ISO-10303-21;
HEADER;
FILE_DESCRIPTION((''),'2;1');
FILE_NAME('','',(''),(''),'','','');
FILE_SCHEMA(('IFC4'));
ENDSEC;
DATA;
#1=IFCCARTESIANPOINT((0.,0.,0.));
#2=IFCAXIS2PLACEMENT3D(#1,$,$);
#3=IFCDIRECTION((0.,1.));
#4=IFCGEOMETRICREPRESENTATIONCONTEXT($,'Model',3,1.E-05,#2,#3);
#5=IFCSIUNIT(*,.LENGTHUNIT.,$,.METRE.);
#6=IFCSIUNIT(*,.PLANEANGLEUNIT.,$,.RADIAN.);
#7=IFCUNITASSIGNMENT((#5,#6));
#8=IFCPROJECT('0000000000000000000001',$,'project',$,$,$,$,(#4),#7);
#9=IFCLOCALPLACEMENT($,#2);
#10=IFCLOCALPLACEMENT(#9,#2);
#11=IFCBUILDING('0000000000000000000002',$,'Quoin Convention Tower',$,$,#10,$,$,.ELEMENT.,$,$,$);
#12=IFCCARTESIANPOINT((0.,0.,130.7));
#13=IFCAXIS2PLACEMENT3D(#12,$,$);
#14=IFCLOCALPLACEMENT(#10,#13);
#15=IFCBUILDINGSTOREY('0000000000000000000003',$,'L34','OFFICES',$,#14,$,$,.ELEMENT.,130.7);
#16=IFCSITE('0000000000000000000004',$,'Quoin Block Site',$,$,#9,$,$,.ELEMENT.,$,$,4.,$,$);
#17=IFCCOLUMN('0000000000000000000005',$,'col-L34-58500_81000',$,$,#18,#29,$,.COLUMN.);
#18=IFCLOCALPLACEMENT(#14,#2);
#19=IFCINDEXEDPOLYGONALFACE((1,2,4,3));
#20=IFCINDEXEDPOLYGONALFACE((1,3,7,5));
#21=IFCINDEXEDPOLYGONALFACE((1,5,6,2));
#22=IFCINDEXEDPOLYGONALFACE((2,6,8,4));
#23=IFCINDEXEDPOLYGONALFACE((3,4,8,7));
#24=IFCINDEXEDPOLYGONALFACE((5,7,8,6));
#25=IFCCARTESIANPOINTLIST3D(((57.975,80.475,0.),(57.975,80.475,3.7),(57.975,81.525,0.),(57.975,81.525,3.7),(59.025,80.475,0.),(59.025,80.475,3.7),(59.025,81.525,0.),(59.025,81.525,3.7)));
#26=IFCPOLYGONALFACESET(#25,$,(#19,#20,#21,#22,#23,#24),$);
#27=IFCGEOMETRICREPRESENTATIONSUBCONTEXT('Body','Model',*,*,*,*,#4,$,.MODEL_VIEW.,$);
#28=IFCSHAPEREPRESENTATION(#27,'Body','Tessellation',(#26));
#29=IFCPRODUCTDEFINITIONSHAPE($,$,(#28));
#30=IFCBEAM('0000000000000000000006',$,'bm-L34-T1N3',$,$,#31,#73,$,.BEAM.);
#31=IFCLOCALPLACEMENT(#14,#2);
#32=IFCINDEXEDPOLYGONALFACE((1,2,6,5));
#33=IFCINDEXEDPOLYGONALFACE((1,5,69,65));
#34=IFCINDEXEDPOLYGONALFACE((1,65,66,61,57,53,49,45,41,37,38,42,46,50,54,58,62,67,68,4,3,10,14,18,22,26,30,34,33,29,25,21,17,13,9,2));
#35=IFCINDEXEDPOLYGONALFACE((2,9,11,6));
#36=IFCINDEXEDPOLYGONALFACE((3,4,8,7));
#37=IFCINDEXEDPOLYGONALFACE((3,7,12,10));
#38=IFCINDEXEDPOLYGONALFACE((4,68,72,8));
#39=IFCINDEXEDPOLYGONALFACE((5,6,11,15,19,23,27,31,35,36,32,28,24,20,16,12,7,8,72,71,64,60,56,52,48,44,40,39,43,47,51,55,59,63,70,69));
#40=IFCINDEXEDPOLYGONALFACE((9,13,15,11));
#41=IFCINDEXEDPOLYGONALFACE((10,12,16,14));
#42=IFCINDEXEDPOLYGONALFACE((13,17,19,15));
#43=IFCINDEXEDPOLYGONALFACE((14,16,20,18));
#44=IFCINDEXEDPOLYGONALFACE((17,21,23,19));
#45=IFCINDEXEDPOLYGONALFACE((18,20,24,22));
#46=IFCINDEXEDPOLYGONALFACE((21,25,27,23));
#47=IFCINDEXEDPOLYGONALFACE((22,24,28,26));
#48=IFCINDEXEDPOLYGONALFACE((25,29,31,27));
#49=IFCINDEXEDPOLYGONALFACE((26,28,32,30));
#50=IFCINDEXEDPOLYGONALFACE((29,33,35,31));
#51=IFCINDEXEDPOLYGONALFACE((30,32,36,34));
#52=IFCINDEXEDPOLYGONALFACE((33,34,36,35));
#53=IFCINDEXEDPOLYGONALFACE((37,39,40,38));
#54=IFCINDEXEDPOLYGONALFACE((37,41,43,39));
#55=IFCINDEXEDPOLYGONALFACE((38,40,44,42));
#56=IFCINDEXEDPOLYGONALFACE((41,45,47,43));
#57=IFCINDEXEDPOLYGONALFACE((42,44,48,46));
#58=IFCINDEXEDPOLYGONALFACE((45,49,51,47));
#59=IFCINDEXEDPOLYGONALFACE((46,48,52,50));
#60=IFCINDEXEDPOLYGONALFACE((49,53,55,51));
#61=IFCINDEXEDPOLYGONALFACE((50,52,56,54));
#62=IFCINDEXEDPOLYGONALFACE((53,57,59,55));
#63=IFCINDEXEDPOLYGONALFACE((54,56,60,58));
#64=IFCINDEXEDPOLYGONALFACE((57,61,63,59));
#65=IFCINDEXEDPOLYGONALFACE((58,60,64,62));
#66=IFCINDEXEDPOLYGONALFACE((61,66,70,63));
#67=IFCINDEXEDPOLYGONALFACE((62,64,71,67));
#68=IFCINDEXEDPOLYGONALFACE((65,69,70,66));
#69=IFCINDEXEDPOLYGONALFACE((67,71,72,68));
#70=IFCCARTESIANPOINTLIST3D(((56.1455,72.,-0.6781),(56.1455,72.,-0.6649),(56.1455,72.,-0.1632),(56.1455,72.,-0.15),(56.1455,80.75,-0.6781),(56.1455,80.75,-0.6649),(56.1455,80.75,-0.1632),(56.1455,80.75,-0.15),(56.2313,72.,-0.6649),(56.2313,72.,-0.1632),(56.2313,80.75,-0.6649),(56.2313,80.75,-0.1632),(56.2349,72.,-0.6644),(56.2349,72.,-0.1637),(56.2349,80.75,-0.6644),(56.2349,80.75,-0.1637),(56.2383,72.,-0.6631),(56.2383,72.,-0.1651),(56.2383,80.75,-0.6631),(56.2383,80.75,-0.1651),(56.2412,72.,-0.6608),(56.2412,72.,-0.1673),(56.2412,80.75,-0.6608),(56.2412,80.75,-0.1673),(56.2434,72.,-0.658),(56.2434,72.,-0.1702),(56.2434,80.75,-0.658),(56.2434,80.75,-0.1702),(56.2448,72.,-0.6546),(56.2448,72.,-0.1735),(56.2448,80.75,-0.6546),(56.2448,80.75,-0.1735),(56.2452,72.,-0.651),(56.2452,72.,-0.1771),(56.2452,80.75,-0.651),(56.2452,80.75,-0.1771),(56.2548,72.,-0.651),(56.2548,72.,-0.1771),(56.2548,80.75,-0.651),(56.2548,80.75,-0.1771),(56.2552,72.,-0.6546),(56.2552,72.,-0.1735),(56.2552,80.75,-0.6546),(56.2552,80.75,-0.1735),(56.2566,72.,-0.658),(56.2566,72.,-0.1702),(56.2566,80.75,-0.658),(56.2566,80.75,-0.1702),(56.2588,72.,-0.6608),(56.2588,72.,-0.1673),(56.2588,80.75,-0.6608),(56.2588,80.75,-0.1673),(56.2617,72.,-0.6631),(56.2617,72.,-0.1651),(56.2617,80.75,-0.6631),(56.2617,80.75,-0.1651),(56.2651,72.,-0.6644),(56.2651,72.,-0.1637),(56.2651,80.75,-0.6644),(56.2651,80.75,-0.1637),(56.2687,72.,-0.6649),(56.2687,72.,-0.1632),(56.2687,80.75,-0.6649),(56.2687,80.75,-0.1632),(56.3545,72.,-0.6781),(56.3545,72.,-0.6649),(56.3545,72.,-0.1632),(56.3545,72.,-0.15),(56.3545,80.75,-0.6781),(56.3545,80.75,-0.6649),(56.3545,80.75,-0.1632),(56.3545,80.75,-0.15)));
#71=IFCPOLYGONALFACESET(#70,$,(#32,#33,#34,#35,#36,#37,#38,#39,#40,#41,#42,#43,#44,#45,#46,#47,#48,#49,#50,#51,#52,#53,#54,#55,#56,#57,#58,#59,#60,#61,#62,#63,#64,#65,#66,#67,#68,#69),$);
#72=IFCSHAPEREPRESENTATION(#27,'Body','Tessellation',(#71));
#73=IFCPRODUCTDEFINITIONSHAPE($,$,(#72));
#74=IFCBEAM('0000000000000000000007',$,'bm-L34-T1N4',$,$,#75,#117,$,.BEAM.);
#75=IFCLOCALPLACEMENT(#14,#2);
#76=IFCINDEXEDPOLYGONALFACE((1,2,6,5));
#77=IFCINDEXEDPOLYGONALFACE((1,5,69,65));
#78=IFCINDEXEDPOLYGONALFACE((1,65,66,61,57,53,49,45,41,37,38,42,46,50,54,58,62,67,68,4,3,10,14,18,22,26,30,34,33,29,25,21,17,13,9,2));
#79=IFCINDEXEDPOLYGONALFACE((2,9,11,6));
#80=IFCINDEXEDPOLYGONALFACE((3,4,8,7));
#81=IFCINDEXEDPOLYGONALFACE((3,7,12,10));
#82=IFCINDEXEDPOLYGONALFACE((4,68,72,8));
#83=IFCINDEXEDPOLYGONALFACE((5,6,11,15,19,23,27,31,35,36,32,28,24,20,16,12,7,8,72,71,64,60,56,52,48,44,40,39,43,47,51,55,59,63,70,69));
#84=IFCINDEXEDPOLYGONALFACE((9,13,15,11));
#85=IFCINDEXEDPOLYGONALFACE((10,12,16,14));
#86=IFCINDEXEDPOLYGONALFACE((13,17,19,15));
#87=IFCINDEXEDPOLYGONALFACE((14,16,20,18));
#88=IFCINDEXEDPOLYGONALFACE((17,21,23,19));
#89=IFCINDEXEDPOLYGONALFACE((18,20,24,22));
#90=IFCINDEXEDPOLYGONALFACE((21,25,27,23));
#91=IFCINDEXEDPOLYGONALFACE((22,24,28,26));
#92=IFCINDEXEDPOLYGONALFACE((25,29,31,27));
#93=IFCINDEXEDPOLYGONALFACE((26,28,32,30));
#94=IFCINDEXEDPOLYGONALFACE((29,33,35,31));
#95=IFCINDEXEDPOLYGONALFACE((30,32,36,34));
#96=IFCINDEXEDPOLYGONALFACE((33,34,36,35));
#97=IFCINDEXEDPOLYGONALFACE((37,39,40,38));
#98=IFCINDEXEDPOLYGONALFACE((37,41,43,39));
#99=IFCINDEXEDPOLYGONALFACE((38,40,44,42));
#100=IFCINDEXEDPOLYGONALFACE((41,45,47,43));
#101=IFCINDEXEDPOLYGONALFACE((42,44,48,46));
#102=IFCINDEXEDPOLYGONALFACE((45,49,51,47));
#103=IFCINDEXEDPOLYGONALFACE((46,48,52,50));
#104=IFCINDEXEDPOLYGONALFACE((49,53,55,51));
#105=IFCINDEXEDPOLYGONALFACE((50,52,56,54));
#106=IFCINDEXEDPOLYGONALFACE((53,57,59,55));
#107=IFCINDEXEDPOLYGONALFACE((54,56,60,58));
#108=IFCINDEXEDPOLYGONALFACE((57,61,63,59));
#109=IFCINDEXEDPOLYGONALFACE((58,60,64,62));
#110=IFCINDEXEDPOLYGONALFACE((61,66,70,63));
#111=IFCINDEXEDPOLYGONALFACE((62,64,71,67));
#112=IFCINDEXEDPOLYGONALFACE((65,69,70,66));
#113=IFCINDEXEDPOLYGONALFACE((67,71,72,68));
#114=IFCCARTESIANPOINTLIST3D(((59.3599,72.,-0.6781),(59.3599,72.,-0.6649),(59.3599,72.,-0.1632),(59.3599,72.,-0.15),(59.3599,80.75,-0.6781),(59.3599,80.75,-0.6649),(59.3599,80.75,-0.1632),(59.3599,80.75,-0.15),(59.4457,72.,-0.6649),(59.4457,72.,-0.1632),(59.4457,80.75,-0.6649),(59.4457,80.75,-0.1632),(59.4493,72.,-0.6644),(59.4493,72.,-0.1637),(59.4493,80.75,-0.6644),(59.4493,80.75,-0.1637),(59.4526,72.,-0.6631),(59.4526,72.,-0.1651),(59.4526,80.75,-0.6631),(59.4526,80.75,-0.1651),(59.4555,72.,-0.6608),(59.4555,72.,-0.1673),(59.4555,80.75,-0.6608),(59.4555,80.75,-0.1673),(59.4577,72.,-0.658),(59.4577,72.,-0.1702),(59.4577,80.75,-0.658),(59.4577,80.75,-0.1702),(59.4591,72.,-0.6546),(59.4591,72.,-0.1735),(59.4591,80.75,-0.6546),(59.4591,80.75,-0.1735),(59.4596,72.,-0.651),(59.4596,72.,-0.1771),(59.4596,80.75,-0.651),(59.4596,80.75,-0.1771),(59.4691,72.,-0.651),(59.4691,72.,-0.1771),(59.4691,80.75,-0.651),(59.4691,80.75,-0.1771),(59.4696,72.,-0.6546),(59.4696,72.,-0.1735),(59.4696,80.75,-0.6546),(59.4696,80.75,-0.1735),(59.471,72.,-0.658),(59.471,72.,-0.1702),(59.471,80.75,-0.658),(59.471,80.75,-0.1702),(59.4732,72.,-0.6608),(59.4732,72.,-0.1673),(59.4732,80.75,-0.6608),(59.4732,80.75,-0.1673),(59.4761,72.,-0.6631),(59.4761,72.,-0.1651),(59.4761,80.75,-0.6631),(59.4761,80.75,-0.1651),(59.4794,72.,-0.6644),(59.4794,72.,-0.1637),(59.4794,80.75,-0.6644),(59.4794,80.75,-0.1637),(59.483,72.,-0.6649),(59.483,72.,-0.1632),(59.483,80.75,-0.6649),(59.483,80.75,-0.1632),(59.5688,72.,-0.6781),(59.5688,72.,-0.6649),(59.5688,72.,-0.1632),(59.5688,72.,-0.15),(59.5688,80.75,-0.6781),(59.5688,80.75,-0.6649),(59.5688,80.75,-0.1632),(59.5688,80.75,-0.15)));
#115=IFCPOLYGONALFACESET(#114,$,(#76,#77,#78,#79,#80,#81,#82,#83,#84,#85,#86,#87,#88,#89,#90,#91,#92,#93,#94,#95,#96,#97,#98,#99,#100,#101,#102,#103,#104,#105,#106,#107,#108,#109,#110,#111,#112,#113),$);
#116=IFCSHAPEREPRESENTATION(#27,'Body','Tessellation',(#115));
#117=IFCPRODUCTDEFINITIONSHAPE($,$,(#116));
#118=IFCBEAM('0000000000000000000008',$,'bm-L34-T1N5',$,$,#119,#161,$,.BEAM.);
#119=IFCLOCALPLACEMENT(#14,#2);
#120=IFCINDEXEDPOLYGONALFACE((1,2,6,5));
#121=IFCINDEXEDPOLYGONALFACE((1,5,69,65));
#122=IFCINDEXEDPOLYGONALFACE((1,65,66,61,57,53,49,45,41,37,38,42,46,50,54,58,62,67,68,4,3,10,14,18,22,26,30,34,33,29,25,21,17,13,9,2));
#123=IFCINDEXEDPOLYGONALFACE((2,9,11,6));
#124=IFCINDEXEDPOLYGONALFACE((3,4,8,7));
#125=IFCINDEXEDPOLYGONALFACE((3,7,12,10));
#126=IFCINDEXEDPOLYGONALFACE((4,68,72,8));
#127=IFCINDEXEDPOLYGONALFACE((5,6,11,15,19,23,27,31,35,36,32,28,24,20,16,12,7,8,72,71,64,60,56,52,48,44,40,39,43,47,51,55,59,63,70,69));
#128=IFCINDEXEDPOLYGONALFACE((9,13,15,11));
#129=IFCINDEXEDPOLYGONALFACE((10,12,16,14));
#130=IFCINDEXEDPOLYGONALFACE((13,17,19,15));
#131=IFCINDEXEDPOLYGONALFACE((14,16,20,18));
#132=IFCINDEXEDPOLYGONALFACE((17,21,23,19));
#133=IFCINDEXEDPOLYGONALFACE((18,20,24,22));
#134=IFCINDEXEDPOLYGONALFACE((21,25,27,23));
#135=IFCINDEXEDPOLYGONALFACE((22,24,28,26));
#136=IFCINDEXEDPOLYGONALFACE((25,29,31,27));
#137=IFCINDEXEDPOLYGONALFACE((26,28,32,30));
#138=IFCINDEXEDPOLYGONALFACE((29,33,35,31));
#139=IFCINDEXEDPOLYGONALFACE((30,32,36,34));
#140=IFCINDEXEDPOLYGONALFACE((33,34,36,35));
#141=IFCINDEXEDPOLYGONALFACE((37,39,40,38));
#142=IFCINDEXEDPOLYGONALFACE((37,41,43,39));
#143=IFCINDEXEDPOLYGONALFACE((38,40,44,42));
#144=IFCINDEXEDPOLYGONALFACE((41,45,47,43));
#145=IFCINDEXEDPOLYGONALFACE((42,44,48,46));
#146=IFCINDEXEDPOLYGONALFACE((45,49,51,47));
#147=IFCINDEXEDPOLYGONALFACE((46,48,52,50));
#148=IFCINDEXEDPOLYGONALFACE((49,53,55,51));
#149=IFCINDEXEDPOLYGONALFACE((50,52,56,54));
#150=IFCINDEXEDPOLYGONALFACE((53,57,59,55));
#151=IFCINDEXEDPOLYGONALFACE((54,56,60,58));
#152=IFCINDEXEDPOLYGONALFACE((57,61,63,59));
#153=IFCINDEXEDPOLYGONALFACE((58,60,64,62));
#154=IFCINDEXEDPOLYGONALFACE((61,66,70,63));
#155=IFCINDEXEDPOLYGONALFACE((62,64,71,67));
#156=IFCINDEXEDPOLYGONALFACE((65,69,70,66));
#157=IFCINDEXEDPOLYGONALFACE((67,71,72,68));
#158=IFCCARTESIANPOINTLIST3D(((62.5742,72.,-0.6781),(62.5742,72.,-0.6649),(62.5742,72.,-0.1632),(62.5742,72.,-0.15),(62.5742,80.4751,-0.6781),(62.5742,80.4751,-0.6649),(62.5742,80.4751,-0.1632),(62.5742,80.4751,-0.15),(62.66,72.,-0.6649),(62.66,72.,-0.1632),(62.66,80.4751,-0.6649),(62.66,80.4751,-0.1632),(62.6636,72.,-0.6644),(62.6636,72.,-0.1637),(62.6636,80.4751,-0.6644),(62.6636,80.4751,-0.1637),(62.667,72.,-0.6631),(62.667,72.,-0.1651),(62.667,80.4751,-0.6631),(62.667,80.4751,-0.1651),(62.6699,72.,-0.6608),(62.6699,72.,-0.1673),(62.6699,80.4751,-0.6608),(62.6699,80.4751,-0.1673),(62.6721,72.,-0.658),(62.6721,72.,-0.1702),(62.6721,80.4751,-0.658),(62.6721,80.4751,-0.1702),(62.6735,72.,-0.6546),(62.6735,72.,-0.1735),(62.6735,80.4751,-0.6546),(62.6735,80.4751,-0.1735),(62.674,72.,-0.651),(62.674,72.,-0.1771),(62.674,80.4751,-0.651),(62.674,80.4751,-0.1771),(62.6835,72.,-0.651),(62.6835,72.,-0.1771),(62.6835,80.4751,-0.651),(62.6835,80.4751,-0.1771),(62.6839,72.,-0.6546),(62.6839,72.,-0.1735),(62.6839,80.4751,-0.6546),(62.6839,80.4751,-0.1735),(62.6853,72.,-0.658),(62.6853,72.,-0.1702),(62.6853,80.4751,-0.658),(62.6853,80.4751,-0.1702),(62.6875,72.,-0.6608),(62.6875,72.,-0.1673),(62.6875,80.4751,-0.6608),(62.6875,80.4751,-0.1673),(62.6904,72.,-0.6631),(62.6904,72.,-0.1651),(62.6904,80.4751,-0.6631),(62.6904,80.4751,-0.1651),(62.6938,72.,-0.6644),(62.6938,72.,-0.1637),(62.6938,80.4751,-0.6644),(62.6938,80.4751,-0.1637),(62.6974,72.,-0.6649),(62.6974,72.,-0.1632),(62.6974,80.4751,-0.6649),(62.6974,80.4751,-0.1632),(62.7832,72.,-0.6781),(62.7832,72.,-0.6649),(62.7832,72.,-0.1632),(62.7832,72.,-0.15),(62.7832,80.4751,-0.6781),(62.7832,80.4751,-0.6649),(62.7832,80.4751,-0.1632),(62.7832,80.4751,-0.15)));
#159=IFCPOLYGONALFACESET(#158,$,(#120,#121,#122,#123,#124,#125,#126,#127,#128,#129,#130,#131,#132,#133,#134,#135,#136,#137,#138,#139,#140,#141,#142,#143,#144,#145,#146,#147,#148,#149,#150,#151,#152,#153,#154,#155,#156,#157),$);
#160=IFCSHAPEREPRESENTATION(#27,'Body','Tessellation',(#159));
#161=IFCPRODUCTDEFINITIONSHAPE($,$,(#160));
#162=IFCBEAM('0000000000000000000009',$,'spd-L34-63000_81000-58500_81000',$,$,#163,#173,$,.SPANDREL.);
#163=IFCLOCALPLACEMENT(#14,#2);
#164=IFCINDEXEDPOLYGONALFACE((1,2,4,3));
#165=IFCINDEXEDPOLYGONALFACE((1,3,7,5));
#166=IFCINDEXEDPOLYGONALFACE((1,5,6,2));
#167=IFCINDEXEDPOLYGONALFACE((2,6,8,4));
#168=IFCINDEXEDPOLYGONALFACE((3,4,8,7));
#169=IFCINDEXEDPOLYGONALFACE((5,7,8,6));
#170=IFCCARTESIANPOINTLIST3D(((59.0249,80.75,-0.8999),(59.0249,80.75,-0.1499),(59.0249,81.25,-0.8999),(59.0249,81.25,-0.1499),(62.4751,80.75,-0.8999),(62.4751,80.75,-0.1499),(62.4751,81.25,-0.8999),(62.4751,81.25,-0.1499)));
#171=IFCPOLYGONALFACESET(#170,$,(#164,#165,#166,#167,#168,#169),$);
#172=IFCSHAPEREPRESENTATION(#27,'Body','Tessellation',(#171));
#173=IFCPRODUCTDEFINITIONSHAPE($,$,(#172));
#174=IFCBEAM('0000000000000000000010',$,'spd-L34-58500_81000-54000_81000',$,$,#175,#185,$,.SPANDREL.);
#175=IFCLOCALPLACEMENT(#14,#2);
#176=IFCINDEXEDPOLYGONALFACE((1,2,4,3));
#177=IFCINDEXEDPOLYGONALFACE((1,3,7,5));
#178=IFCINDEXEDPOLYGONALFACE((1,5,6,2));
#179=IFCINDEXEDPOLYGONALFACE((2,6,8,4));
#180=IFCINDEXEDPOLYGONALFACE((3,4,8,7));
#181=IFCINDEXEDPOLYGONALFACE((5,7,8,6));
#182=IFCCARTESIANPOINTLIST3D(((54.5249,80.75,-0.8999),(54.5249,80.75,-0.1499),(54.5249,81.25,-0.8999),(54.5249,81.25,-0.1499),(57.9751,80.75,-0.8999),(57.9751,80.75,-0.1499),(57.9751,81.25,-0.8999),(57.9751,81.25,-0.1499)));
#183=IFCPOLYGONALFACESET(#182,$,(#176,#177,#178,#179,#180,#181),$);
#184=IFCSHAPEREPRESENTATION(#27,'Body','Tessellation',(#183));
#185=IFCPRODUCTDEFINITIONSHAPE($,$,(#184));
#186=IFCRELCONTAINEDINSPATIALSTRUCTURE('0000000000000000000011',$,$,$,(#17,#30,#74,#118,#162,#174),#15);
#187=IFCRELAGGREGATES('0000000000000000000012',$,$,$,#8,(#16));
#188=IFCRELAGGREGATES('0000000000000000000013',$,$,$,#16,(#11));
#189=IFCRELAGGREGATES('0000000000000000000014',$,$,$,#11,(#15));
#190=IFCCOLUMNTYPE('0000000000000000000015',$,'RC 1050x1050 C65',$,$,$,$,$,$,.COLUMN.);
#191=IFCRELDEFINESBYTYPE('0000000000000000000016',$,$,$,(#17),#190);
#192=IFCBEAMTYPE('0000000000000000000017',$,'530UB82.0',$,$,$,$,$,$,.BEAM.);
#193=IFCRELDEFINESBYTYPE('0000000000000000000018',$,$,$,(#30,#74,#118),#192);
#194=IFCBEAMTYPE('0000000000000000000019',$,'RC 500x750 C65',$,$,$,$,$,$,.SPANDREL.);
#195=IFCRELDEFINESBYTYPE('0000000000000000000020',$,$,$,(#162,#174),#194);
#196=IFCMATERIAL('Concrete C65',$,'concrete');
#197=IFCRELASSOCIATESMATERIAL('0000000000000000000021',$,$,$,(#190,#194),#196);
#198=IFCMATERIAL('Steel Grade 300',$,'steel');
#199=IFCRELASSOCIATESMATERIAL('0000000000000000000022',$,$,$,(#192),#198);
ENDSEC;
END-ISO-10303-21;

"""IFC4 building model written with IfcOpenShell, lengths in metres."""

from ifc_helpers import new_model, si_unit, direction, frame, origin, origin_2d, place, context, subcontext, project, spatial, rectangle, i_section, extrude, material, material_profile, profile_set, type_object, element, save


model = new_model("IFC4")

# Units and contexts
model_context = context("Model", 3, precision=1e-05, world=origin(), true_north=direction((0.0, 1.0)))
body_context = subcontext(model_context, "Body", "Model", "MODEL_VIEW")
ifc_project = project(units=[si_unit("LENGTHUNIT", "METRE"), si_unit("PLANEANGLEUNIT", "RADIAN")], contexts=[model_context])

# Site, building, storey
site_placement = place(None, origin())
site = spatial("IfcSite", under=ifc_project, at=site_placement, Name="Quoin Block Site", CompositionType="ELEMENT", RefElevation=4.0)
building_placement = place(site_placement, origin())
building = spatial("IfcBuilding", under=site, at=building_placement, Name="Quoin Convention Tower", CompositionType="ELEMENT")
storey_placement = place(building_placement, frame((0.0, 0.0, 130.7)))
storey = spatial("IfcBuildingStorey", under=building, at=storey_placement, Name="L34", Description="OFFICES", CompositionType="ELEMENT", Elevation=130.7)

# Column
ifc_material_1 = material(Name="Concrete C65", Category="concrete")
ifc_material_profile_1 = material_profile(ifc_material_1, rectangle(XDim=1.05, YDim=1.05, at=origin_2d()), Name="RC 1050x1050")
ifc_profile_set_1 = profile_set([ifc_material_profile_1], Name="Concrete C65")
column_type = type_object("IfcColumnType", Name="RC 1050x1050 C65", PredefinedType="COLUMN", material=ifc_profile_set_1)
column_placement = place(storey_placement, frame((58.5, 81.0, 0.0), z_axis=(0.0, 0.0, 1.0), x_axis=(1.0, 0.0, 0.0)))
element("IfcColumn", 1, at=column_placement, inside=storey, type_object=column_type, Name="col-L34-58500_81000", PredefinedType="COLUMN", context=body_context, shape_type="SweptSolid", body=[
    extrude(rectangle(XDim=1.05, YDim=1.05, at=origin_2d()), origin(), (0.0, 0.0, 1.0), 3.7),
])

# Beams
ifc_material_2 = material(Name="Steel Grade 300", Category="steel")
ifc_material_profile_2 = material_profile(ifc_material_2, i_section(OverallWidth=0.209, OverallDepth=0.5281, WebThickness=0.0095, FlangeThickness=0.0132, FilletRadius=0.0139, at=origin_2d()), Name="530UB82.0")
ifc_profile_set_2 = profile_set([ifc_material_profile_2], Name="Steel Grade 300")
beam_type_1 = type_object("IfcBeamType", Name="530UB82.0", PredefinedType="BEAM", material=ifc_profile_set_2)
for number, where, z_axis, x_axis, name in (
    (2, (56.25, 72.0, -0.4141), (0.0, 1.0, 0.0), (-1.0, 0.0, 0.0), "bm-L34-T1N3"),
    (3, (59.4644, 72.0, -0.4141), (0.0, 1.0, 0.0), (-1.0, 0.0, 0.0), "bm-L34-T1N4"),
):
    element("IfcBeam", number, at=place(storey_placement, frame(where, z_axis=z_axis, x_axis=x_axis)), inside=storey, type_object=beam_type_1, Name=name, PredefinedType="BEAM", context=body_context, shape_type="SweptSolid", body=[
        extrude(i_section(OverallWidth=0.209, OverallDepth=0.5281, WebThickness=0.0095, FlangeThickness=0.0132, FilletRadius=0.0139, at=origin_2d()), origin(), (0.0, 0.0, 1.0), 8.75),
    ])
beam_placement = place(storey_placement, frame((62.6787, 72.0, -0.4141), z_axis=(0.0, 1.0, 0.0), x_axis=(-1.0, 0.0, 0.0)))
element("IfcBeam", 4, at=beam_placement, inside=storey, type_object=beam_type_1, Name="bm-L34-T1N5", PredefinedType="BEAM", context=body_context, shape_type="SweptSolid", body=[
    extrude(i_section(OverallWidth=0.209, OverallDepth=0.5281, WebThickness=0.0095, FlangeThickness=0.0132, FilletRadius=0.0139, at=origin_2d()), origin(), (0.0, 0.0, 1.0), 8.4751),
])
ifc_material_profile_3 = material_profile(ifc_material_1, rectangle(XDim=0.5, YDim=0.75, at=origin_2d()), Name="RC 500x750")
ifc_profile_set_3 = profile_set([ifc_material_profile_3], Name="Concrete C65")
beam_type_2 = type_object("IfcBeamType", Name="RC 500x750 C65", PredefinedType="SPANDREL", material=ifc_profile_set_3)
for number, where, z_axis, x_axis, name in (
    (5, (62.4751, 81.0, -0.5249), (-1.0, 0.0, 0.0), (0.0, -1.0, 0.0), "spd-L34-63000_81000-58500_81000"),
    (6, (57.9751, 81.0, -0.5249), (-1.0, 0.0, 0.0), (0.0, -1.0, 0.0), "spd-L34-58500_81000-54000_81000"),
):
    element("IfcBeam", number, at=place(storey_placement, frame(where, z_axis=z_axis, x_axis=x_axis)), inside=storey, type_object=beam_type_2, Name=name, PredefinedType="SPANDREL", context=body_context, shape_type="SweptSolid", body=[
        extrude(rectangle(XDim=0.5, YDim=0.75, at=origin_2d()), origin(), (0.0, 0.0, 1.0), 3.4502),
    ])

save(model, "model.ifc")
